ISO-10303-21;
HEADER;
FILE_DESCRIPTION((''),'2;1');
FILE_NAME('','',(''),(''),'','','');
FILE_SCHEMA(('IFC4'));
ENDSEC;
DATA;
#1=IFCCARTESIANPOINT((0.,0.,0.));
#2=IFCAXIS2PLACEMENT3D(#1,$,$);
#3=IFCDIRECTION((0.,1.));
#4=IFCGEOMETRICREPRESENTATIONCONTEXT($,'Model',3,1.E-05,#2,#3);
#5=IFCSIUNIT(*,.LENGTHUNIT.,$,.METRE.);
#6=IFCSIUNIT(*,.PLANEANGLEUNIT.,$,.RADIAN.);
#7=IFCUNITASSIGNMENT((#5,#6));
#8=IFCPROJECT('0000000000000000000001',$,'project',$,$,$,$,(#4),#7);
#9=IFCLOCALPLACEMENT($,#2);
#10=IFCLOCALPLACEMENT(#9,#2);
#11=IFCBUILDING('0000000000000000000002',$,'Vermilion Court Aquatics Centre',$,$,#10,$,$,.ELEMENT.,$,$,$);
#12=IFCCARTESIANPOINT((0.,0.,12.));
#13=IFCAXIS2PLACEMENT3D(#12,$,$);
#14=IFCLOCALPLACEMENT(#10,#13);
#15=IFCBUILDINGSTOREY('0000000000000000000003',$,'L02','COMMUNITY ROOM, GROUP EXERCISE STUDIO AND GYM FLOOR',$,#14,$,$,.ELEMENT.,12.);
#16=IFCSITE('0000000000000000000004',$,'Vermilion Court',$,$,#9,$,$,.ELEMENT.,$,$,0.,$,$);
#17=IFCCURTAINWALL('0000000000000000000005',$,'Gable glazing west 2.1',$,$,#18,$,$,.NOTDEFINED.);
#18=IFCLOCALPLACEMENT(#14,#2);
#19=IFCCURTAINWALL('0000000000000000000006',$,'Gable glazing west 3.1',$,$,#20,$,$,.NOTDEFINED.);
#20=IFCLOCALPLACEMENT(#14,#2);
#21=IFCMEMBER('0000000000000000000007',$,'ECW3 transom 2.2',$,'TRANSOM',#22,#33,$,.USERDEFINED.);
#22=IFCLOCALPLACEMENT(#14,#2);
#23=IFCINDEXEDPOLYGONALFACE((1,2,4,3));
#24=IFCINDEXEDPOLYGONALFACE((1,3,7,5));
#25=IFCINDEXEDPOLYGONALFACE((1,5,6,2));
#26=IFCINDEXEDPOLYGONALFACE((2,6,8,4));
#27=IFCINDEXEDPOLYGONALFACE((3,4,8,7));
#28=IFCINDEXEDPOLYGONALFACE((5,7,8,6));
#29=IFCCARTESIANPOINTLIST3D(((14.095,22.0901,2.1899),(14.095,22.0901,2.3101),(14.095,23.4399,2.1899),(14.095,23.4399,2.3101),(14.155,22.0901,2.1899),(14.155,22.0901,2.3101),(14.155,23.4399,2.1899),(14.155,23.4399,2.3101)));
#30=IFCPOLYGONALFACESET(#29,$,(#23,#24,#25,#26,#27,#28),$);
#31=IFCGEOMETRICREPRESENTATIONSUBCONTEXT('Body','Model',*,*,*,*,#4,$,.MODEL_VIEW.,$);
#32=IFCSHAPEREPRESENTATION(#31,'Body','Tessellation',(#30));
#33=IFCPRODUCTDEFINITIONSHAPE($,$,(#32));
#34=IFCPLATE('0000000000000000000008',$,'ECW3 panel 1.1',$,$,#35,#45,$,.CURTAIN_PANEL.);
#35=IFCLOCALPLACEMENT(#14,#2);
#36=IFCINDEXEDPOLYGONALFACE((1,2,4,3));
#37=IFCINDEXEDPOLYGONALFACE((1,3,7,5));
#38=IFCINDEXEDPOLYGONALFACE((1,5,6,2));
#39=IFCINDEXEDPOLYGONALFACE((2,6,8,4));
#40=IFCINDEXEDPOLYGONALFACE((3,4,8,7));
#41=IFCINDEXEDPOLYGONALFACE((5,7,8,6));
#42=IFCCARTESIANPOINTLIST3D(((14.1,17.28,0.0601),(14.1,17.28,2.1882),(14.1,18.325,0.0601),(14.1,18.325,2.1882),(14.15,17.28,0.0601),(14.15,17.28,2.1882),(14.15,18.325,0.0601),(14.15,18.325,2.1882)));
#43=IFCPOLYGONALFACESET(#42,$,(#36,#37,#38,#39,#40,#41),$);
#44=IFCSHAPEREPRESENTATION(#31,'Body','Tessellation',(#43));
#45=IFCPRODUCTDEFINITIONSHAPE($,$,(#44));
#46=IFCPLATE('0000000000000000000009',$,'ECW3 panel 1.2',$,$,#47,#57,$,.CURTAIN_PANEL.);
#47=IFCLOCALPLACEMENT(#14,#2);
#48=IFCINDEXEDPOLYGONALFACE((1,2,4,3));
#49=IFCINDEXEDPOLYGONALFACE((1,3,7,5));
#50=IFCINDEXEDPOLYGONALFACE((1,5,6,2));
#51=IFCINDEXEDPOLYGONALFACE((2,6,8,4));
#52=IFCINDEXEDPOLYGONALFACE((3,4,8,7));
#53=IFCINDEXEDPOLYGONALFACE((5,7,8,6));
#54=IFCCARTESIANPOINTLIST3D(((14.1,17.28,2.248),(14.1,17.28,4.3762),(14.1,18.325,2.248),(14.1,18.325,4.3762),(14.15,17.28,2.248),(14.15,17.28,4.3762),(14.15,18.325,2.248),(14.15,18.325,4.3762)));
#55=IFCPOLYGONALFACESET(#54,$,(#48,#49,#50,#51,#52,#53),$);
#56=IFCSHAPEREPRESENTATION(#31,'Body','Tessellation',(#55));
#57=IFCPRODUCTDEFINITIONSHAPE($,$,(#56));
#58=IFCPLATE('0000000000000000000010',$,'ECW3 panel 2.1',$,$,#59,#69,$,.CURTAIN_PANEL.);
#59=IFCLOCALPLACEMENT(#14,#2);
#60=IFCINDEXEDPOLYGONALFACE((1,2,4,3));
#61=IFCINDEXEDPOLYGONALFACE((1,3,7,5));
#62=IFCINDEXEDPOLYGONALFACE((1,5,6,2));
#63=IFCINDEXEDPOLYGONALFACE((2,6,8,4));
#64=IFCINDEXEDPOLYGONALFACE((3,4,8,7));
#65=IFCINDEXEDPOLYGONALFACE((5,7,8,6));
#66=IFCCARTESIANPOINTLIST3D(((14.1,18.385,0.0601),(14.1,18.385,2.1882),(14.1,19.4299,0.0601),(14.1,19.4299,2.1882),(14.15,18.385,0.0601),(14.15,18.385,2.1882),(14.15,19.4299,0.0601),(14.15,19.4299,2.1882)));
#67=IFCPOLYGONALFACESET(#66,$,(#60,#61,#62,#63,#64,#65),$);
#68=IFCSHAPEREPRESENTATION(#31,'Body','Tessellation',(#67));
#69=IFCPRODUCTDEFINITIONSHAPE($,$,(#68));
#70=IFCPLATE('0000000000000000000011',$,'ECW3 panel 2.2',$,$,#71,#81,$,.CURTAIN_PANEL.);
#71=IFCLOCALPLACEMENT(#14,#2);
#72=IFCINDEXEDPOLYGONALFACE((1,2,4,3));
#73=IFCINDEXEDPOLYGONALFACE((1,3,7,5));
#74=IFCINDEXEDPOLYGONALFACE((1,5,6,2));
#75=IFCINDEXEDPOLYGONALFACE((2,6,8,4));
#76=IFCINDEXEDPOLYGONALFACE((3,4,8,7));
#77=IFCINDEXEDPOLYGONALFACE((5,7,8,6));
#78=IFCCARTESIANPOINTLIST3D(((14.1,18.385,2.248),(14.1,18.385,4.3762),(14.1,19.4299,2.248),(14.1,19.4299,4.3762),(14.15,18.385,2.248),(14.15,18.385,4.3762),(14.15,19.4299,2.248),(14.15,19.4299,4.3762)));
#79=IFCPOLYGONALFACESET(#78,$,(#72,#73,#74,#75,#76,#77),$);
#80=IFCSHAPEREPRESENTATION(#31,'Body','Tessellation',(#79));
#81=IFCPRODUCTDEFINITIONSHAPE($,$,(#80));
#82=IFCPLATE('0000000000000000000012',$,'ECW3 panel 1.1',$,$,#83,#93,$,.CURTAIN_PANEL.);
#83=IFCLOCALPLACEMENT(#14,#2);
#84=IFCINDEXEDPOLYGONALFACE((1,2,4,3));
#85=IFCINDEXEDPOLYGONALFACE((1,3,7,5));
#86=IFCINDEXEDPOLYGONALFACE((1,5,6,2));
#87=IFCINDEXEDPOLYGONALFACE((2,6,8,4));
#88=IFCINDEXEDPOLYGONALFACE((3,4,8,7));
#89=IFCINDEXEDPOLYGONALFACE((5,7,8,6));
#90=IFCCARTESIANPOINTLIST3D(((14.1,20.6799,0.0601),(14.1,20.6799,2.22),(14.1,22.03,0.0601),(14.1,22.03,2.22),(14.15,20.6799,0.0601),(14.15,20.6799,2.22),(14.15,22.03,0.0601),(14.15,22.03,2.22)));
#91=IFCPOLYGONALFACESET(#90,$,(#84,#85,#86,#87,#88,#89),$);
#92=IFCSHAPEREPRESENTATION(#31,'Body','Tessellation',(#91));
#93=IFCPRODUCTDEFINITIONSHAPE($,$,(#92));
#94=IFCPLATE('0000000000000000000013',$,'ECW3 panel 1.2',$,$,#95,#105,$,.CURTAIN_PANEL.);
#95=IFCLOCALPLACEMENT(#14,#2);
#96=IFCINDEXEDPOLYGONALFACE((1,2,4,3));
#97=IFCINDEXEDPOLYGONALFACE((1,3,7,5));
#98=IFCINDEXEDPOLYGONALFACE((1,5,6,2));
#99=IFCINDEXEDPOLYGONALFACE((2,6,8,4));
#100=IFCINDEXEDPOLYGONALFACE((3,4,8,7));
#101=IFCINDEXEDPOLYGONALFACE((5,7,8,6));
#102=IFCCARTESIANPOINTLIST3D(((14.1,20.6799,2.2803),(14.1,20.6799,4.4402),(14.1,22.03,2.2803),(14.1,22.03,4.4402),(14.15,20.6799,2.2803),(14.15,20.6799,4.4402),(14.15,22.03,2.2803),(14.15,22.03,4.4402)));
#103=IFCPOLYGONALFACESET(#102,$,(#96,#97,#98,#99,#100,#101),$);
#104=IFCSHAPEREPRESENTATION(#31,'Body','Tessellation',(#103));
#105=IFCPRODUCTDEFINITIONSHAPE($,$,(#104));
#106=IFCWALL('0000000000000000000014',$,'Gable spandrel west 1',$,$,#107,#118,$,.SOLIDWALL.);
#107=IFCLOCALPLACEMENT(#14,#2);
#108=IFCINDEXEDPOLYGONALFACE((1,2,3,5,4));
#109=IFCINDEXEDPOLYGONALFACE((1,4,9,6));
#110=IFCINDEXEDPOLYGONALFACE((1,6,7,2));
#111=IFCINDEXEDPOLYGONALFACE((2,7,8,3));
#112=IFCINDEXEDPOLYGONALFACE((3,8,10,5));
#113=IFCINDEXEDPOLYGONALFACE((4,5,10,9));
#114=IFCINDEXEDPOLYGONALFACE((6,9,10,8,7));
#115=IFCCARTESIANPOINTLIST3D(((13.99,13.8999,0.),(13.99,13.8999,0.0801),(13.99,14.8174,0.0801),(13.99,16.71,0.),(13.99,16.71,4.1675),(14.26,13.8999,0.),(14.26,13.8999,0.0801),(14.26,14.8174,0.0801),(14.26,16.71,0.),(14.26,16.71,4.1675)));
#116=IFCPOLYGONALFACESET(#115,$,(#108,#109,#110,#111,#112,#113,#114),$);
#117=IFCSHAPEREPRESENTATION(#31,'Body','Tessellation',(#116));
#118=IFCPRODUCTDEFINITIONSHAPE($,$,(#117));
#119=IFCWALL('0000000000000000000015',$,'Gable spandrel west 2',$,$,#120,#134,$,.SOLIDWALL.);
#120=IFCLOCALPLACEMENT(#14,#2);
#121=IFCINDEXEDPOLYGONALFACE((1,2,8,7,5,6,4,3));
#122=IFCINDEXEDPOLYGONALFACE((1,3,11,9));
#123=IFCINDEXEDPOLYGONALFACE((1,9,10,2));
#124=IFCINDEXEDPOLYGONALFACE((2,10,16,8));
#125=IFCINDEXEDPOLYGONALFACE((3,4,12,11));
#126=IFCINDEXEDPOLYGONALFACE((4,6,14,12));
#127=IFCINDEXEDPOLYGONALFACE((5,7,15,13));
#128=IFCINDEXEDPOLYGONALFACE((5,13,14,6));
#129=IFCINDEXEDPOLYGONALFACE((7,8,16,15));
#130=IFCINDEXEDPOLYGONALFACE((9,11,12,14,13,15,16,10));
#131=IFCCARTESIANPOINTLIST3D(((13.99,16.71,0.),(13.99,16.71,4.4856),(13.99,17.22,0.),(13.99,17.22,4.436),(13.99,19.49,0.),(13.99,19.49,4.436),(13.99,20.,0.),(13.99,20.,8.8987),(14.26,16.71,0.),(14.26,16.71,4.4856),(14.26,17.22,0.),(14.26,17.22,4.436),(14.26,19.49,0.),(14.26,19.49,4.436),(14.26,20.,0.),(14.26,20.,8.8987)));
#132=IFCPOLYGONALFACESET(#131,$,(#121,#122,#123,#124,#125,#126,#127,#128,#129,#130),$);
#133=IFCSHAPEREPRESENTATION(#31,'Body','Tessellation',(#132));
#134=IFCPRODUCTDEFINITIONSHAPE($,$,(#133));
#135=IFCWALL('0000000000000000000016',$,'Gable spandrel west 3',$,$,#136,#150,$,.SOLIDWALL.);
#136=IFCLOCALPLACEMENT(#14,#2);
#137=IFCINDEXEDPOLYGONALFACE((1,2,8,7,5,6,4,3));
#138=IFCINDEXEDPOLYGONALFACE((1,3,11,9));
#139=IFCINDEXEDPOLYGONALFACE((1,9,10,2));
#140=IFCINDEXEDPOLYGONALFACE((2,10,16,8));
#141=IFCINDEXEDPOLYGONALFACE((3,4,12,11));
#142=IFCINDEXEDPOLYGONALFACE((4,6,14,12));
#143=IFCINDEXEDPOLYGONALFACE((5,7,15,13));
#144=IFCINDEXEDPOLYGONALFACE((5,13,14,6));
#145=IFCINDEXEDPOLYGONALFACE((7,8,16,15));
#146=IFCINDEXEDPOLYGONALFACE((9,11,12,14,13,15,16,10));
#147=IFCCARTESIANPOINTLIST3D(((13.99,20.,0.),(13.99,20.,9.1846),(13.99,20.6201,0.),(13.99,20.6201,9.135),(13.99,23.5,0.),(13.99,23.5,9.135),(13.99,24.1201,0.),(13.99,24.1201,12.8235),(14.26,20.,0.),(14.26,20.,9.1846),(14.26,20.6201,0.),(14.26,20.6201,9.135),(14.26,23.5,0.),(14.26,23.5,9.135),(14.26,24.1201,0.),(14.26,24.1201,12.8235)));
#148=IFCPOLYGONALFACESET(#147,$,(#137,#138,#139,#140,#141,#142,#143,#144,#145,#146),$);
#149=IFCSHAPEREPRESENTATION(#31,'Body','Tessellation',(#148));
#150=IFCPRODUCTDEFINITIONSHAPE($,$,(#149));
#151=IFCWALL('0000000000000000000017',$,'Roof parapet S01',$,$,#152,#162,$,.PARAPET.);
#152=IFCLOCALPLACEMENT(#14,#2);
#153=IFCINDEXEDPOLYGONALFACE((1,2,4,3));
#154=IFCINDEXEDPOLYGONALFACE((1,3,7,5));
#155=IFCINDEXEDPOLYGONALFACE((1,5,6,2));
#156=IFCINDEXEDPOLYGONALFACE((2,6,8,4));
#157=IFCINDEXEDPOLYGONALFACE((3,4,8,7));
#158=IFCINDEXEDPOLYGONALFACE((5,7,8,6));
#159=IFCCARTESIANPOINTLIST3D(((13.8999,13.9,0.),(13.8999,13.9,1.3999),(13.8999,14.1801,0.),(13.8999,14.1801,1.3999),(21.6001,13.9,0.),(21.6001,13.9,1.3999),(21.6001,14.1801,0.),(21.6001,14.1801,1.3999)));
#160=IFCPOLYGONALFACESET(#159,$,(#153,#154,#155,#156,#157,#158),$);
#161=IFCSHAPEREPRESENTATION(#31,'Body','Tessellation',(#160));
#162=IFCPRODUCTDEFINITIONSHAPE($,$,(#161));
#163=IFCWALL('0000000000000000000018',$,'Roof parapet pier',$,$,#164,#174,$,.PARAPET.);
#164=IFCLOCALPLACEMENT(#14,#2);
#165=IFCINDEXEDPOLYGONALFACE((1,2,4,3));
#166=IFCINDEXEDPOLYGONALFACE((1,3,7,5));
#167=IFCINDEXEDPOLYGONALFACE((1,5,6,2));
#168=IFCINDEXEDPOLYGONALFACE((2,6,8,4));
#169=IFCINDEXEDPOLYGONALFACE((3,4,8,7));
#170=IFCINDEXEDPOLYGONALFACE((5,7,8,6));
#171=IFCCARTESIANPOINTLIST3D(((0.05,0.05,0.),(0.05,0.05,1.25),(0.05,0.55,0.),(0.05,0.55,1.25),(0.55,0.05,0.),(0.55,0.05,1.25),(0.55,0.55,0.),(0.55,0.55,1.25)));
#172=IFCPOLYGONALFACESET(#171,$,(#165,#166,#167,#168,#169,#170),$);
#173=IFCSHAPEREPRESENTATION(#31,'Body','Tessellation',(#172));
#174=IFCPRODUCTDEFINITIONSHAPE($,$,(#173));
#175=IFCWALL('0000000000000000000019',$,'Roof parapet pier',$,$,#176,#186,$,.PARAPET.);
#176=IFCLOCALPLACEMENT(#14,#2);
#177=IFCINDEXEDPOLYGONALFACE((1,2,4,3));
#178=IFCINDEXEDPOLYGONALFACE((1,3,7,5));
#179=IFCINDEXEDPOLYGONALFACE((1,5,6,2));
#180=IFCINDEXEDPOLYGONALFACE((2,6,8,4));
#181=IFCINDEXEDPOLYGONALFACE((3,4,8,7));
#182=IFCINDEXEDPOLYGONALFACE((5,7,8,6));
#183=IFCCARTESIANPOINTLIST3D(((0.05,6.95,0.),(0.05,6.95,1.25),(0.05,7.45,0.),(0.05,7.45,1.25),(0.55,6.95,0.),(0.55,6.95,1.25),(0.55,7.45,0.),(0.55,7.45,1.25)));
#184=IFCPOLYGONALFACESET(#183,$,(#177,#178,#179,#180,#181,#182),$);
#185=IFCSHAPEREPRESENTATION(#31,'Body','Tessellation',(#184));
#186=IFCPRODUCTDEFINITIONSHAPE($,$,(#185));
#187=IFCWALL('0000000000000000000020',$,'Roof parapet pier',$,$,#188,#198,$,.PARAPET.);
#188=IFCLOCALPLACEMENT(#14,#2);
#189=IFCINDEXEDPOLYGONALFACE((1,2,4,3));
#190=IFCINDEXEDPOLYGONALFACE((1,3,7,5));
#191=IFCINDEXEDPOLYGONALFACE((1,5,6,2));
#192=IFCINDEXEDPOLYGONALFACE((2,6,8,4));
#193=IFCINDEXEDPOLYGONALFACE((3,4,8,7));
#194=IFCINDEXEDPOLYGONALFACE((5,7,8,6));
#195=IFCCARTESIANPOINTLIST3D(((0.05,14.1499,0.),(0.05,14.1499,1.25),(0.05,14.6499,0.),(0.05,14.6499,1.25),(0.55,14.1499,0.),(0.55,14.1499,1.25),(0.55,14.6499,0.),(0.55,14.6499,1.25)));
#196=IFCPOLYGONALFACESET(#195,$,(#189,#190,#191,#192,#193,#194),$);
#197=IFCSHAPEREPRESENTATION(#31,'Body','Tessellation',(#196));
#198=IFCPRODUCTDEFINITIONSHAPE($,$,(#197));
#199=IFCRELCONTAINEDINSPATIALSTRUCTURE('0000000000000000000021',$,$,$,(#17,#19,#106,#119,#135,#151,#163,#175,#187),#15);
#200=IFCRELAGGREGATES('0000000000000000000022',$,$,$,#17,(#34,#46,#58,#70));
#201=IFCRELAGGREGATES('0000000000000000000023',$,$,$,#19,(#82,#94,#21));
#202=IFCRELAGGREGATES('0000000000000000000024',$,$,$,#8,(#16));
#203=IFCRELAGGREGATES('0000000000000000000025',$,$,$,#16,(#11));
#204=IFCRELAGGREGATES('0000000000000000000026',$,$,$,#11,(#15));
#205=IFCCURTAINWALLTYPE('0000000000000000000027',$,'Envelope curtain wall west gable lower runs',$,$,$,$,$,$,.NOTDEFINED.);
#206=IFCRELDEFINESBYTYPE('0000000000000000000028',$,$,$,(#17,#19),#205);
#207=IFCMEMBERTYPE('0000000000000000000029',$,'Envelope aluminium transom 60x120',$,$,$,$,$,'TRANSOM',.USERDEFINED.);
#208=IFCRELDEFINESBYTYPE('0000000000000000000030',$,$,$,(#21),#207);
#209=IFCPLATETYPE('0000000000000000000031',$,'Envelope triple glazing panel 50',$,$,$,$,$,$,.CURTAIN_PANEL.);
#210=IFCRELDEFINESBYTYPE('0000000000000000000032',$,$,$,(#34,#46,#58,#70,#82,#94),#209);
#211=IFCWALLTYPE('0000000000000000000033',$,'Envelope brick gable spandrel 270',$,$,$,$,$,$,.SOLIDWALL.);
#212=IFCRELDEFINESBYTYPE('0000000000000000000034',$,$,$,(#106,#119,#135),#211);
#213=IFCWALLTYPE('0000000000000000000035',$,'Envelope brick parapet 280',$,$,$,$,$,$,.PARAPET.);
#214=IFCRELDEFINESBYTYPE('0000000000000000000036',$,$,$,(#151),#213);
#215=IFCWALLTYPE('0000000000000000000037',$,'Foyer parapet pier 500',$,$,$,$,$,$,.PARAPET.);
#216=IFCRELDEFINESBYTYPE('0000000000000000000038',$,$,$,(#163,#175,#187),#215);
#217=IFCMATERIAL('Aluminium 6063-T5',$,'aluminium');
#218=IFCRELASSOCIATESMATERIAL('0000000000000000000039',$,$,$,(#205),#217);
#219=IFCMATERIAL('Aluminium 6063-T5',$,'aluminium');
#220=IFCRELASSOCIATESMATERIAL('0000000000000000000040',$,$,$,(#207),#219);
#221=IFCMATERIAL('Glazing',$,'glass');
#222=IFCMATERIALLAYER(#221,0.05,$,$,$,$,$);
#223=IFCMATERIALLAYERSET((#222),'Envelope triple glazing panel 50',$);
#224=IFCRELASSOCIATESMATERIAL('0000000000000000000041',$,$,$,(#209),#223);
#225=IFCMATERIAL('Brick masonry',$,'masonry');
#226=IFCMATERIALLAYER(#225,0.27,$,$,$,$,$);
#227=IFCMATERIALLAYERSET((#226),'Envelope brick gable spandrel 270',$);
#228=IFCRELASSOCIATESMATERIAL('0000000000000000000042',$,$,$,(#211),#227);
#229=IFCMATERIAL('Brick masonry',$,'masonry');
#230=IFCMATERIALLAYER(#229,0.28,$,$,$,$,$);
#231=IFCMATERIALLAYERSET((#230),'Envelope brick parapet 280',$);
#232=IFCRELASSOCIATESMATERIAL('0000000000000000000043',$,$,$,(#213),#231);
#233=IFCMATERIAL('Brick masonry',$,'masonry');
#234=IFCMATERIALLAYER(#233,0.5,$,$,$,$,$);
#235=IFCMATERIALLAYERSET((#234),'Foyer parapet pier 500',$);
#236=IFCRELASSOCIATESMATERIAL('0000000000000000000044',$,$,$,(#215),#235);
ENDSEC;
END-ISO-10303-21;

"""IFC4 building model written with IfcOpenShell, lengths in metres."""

from ifc_helpers import new_model, si_unit, direction, frame, frame_2d, origin, origin_2d, place, context, subcontext, project, spatial, polyline, rectangle, outline, extrude, material, layer, layer_set, material_profile, profile_set, type_object, element, aggregate, save


model = new_model("IFC4")

# Units and contexts
model_context = context("Model", 3, precision=1e-05, world=origin(), true_north=direction((0.0, 1.0)))
body_context = subcontext(model_context, "Body", "Model", "MODEL_VIEW")
ifc_project = project(units=[si_unit("LENGTHUNIT", "METRE"), si_unit("PLANEANGLEUNIT", "RADIAN")], contexts=[model_context])

# Site, building, storey
site_placement = place(None, origin())
site = spatial("IfcSite", under=ifc_project, at=site_placement, Name="Vermilion Court", CompositionType="ELEMENT", RefElevation=0.0)
building_placement = place(site_placement, origin())
building = spatial("IfcBuilding", under=site, at=building_placement, Name="Vermilion Court Aquatics Centre", CompositionType="ELEMENT")
storey_placement = place(building_placement, frame((0.0, 0.0, 12.0)))
storey = spatial("IfcBuildingStorey", under=building, at=storey_placement, Name="L02", Description="COMMUNITY ROOM, GROUP EXERCISE STUDIO AND GYM FLOOR", CompositionType="ELEMENT", Elevation=12.0)

# Curtain walls
ifc_material_1 = material(Name="Aluminium 6063-T5", Category="aluminium")
curtain_wall_type = type_object("IfcCurtainWallType", Name="Envelope curtain wall west gable lower runs", PredefinedType="NOTDEFINED", material=ifc_material_1)
curtain_wall_1_placement = place(storey_placement, origin())
curtain_wall_1 = element("IfcCurtainWall", 1, at=curtain_wall_1_placement, inside=storey, type_object=curtain_wall_type, Name="Gable glazing west 2.1", PredefinedType="NOTDEFINED")
curtain_wall_2_placement = place(storey_placement, origin())
curtain_wall_2 = element("IfcCurtainWall", 2, at=curtain_wall_2_placement, inside=storey, type_object=curtain_wall_type, Name="Gable glazing west 3.1", PredefinedType="NOTDEFINED")

# Member
ifc_material_2 = material(Name="Aluminium 6063-T5", Category="aluminium")
ifc_material_profile_1 = material_profile(ifc_material_2, rectangle(XDim=0.0601, YDim=0.1201, at=origin_2d()), Name="AL 60x120")
ifc_profile_set_1 = profile_set([ifc_material_profile_1], Name="Aluminium 6063-T5")
member_type_1 = type_object("IfcMemberType", Name="Envelope aluminium transom 60x120", ElementType="TRANSOM", PredefinedType="USERDEFINED", material=ifc_profile_set_1)
member_1_placement = place(storey_placement, frame((14.125, 22.0901, 2.25), z_axis=(0.0, 1.0, 0.0), x_axis=(-1.0, 0.0, 0.0)))
member_1 = element("IfcMember", 3, at=member_1_placement, type_object=member_type_1, Name="ECW3 transom 2.2", ObjectType="TRANSOM", PredefinedType="USERDEFINED", context=body_context, shape_type="SweptSolid", body=[
    extrude(rectangle(XDim=0.0601, YDim=0.1201, at=origin_2d()), origin(), (0.0, 0.0, 1.0), 1.3499),
])

# Plates
ifc_material_3 = material(Name="Glazing", Category="glass")
ifc_layer_1 = layer(ifc_material_3, 0.05)
ifc_layer_set_1 = layer_set([ifc_layer_1], Name="Envelope triple glazing panel 50")
plate_type = type_object("IfcPlateType", Name="Envelope triple glazing panel 50", PredefinedType="CURTAIN_PANEL", material=ifc_layer_set_1)
plate_1_placement = place(storey_placement, frame((14.125, 17.8025, 0.0601), z_axis=(0.0, 0.0, 1.0), x_axis=(0.0, 1.0, 0.0)))
plate_1 = element("IfcPlate", 4, at=plate_1_placement, type_object=plate_type, Name="ECW3 panel 1.1", PredefinedType="CURTAIN_PANEL", context=body_context, shape_type="SweptSolid", body=[
    extrude(rectangle(XDim=1.0449, YDim=0.05, at=origin_2d()), origin(), (0.0, 0.0, 1.0), 2.1282),
])
plate_2_placement = place(storey_placement, frame((14.125, 17.8025, 2.248), z_axis=(0.0, 0.0, 1.0), x_axis=(0.0, 1.0, 0.0)))
plate_2 = element("IfcPlate", 5, at=plate_2_placement, type_object=plate_type, Name="ECW3 panel 1.2", PredefinedType="CURTAIN_PANEL", context=body_context, shape_type="SweptSolid", body=[
    extrude(rectangle(XDim=1.0449, YDim=0.05, at=origin_2d()), origin(), (0.0, 0.0, 1.0), 2.1282),
])
plate_3_placement = place(storey_placement, frame((14.125, 18.9075, 0.0601), z_axis=(0.0, 0.0, 1.0), x_axis=(0.0, 1.0, 0.0)))
plate_3 = element("IfcPlate", 6, at=plate_3_placement, type_object=plate_type, Name="ECW3 panel 2.1", PredefinedType="CURTAIN_PANEL", context=body_context, shape_type="SweptSolid", body=[
    extrude(rectangle(XDim=1.0449, YDim=0.05, at=origin_2d()), origin(), (0.0, 0.0, 1.0), 2.1282),
])
plate_4_placement = place(storey_placement, frame((14.125, 18.9075, 2.248), z_axis=(0.0, 0.0, 1.0), x_axis=(0.0, 1.0, 0.0)))
plate_4 = element("IfcPlate", 7, at=plate_4_placement, type_object=plate_type, Name="ECW3 panel 2.2", PredefinedType="CURTAIN_PANEL", context=body_context, shape_type="SweptSolid", body=[
    extrude(rectangle(XDim=1.0449, YDim=0.05, at=origin_2d()), origin(), (0.0, 0.0, 1.0), 2.1282),
])
aggregate(curtain_wall_1, [plate_1, plate_2, plate_3, plate_4])
plate_5_placement = place(storey_placement, frame((14.125, 21.355, 0.0601), z_axis=(0.0, 0.0, 1.0), x_axis=(0.0, 1.0, 0.0)))
plate_5 = element("IfcPlate", 8, at=plate_5_placement, type_object=plate_type, Name="ECW3 panel 1.1", PredefinedType="CURTAIN_PANEL", context=body_context, shape_type="SweptSolid", body=[
    extrude(rectangle(XDim=1.3501, YDim=0.05, at=origin_2d()), origin(), (0.0, 0.0, 1.0), 2.1599),
])
plate_6_placement = place(storey_placement, frame((14.125, 21.355, 2.2803), z_axis=(0.0, 0.0, 1.0), x_axis=(0.0, 1.0, 0.0)))
plate_6 = element("IfcPlate", 9, at=plate_6_placement, type_object=plate_type, Name="ECW3 panel 1.2", PredefinedType="CURTAIN_PANEL", context=body_context, shape_type="SweptSolid", body=[
    extrude(rectangle(XDim=1.3501, YDim=0.05, at=origin_2d()), origin(), (0.0, 0.0, 1.0), 2.1599),
])
aggregate(curtain_wall_2, [plate_5, plate_6, member_1])

# Walls
ifc_material_4 = material(Name="Brick masonry", Category="masonry")
ifc_layer_2 = layer(ifc_material_4, 0.27)
ifc_layer_set_2 = layer_set([ifc_layer_2], Name="Envelope brick gable spandrel 270")
wall_type_1 = type_object("IfcWallType", Name="Envelope brick gable spandrel 270", PredefinedType="SOLIDWALL", material=ifc_layer_set_2)
wall_1_placement = place(storey_placement, frame((14.125, 13.8999, 0.0), z_axis=(0.0, 0.0, 1.0), x_axis=(0.0, 1.0, 0.0)))
element("IfcWall", 10, at=wall_1_placement, inside=storey, type_object=wall_type_1, Name="Gable spandrel west 1", PredefinedType="SOLIDWALL", context=body_context, shape_type="SweptSolid", body=[
    extrude(outline(polyline([(0.0, 0.0), (2.8101, 0.0), (2.8101, 4.1675), (0.9175, 0.0801), (0.0, 0.0801), (0.0, 0.0)])), frame((0.0, 0.135, 0.0), z_axis=(0.0, -1.0, 0.0), x_axis=(1.0, 0.0, 0.0)), (0.0, 0.0, 1.0), 0.27),
])
wall_2_placement = place(storey_placement, frame((14.125, 16.71, 0.0), z_axis=(0.0, 0.0, 1.0), x_axis=(0.0, 1.0, 0.0)))
element("IfcWall", 11, at=wall_2_placement, inside=storey, type_object=wall_type_1, Name="Gable spandrel west 2", PredefinedType="SOLIDWALL", context=body_context, shape_type="SweptSolid", body=[
    extrude(outline(polyline([(0.0, 0.0), (0.51, 0.0), (0.51, 4.436), (2.78, 4.436), (2.78, 0.0), (3.29, 0.0), (3.29, 8.8987), (0.0, 4.4856), (0.0, 0.0)])), frame((0.0, 0.135, 0.0), z_axis=(0.0, -1.0, 0.0), x_axis=(1.0, 0.0, 0.0)), (0.0, 0.0, 1.0), 0.27),
])
wall_3_placement = place(storey_placement, frame((14.125, 20.0, 0.0), z_axis=(0.0, 0.0, 1.0), x_axis=(0.0, 1.0, 0.0)))
element("IfcWall", 12, at=wall_3_placement, inside=storey, type_object=wall_type_1, Name="Gable spandrel west 3", PredefinedType="SOLIDWALL", context=body_context, shape_type="SweptSolid", body=[
    extrude(outline(polyline([(0.0, 0.0), (0.6201, 0.0), (0.6201, 9.135), (3.5, 9.135), (3.5, 0.0), (4.1201, 0.0), (4.1201, 12.8235), (0.0, 9.1846), (0.0, 0.0)])), frame((0.0, 0.135, 0.0), z_axis=(0.0, -1.0, 0.0), x_axis=(1.0, 0.0, 0.0)), (0.0, 0.0, 1.0), 0.27),
])
ifc_material_5 = material(Name="Brick masonry", Category="masonry")
ifc_layer_3 = layer(ifc_material_5, 0.28)
ifc_layer_set_3 = layer_set([ifc_layer_3], Name="Envelope brick parapet 280")
wall_type_2 = type_object("IfcWallType", Name="Envelope brick parapet 280", PredefinedType="PARAPET", material=ifc_layer_set_3)
wall_4_placement = place(storey_placement, frame((13.8999, 14.04, 0.0), z_axis=(0.0, 0.0, 1.0), x_axis=(1.0, 0.0, 0.0)))
element("IfcWall", 13, at=wall_4_placement, inside=storey, type_object=wall_type_2, Name="Roof parapet S01", PredefinedType="PARAPET", context=body_context, shape_type="SweptSolid", body=[
    extrude(rectangle(XDim=7.7002, YDim=0.28, at=frame_2d((3.8501, 0.0))), origin(), (0.0, 0.0, 1.0), 1.3999),
])
ifc_material_6 = material(Name="Brick masonry", Category="masonry")
ifc_layer_4 = layer(ifc_material_6, 0.5)
ifc_layer_set_4 = layer_set([ifc_layer_4], Name="Foyer parapet pier 500")
wall_type_3 = type_object("IfcWallType", Name="Foyer parapet pier 500", PredefinedType="PARAPET", material=ifc_layer_set_4)
for number, where, z_axis, x_axis, name in (
    (14, (0.05, 0.3, 0.0), (0.0, 0.0, 1.0), (1.0, 0.0, 0.0), "Roof parapet pier"),
    (15, (0.05, 7.2, 0.0), (0.0, 0.0, 1.0), (1.0, 0.0, 0.0), "Roof parapet pier"),
    (16, (0.05, 14.3999, 0.0), (0.0, 0.0, 1.0), (1.0, 0.0, 0.0), "Roof parapet pier"),
):
    element("IfcWall", number, at=place(storey_placement, frame(where, z_axis=z_axis, x_axis=x_axis)), inside=storey, type_object=wall_type_3, Name=name, PredefinedType="PARAPET", context=body_context, shape_type="SweptSolid", body=[
        extrude(rectangle(XDim=0.5, YDim=0.5, at=frame_2d((0.25, 0.0))), origin(), (0.0, 0.0, 1.0), 1.25),
    ])

save(model, "model.ifc")
